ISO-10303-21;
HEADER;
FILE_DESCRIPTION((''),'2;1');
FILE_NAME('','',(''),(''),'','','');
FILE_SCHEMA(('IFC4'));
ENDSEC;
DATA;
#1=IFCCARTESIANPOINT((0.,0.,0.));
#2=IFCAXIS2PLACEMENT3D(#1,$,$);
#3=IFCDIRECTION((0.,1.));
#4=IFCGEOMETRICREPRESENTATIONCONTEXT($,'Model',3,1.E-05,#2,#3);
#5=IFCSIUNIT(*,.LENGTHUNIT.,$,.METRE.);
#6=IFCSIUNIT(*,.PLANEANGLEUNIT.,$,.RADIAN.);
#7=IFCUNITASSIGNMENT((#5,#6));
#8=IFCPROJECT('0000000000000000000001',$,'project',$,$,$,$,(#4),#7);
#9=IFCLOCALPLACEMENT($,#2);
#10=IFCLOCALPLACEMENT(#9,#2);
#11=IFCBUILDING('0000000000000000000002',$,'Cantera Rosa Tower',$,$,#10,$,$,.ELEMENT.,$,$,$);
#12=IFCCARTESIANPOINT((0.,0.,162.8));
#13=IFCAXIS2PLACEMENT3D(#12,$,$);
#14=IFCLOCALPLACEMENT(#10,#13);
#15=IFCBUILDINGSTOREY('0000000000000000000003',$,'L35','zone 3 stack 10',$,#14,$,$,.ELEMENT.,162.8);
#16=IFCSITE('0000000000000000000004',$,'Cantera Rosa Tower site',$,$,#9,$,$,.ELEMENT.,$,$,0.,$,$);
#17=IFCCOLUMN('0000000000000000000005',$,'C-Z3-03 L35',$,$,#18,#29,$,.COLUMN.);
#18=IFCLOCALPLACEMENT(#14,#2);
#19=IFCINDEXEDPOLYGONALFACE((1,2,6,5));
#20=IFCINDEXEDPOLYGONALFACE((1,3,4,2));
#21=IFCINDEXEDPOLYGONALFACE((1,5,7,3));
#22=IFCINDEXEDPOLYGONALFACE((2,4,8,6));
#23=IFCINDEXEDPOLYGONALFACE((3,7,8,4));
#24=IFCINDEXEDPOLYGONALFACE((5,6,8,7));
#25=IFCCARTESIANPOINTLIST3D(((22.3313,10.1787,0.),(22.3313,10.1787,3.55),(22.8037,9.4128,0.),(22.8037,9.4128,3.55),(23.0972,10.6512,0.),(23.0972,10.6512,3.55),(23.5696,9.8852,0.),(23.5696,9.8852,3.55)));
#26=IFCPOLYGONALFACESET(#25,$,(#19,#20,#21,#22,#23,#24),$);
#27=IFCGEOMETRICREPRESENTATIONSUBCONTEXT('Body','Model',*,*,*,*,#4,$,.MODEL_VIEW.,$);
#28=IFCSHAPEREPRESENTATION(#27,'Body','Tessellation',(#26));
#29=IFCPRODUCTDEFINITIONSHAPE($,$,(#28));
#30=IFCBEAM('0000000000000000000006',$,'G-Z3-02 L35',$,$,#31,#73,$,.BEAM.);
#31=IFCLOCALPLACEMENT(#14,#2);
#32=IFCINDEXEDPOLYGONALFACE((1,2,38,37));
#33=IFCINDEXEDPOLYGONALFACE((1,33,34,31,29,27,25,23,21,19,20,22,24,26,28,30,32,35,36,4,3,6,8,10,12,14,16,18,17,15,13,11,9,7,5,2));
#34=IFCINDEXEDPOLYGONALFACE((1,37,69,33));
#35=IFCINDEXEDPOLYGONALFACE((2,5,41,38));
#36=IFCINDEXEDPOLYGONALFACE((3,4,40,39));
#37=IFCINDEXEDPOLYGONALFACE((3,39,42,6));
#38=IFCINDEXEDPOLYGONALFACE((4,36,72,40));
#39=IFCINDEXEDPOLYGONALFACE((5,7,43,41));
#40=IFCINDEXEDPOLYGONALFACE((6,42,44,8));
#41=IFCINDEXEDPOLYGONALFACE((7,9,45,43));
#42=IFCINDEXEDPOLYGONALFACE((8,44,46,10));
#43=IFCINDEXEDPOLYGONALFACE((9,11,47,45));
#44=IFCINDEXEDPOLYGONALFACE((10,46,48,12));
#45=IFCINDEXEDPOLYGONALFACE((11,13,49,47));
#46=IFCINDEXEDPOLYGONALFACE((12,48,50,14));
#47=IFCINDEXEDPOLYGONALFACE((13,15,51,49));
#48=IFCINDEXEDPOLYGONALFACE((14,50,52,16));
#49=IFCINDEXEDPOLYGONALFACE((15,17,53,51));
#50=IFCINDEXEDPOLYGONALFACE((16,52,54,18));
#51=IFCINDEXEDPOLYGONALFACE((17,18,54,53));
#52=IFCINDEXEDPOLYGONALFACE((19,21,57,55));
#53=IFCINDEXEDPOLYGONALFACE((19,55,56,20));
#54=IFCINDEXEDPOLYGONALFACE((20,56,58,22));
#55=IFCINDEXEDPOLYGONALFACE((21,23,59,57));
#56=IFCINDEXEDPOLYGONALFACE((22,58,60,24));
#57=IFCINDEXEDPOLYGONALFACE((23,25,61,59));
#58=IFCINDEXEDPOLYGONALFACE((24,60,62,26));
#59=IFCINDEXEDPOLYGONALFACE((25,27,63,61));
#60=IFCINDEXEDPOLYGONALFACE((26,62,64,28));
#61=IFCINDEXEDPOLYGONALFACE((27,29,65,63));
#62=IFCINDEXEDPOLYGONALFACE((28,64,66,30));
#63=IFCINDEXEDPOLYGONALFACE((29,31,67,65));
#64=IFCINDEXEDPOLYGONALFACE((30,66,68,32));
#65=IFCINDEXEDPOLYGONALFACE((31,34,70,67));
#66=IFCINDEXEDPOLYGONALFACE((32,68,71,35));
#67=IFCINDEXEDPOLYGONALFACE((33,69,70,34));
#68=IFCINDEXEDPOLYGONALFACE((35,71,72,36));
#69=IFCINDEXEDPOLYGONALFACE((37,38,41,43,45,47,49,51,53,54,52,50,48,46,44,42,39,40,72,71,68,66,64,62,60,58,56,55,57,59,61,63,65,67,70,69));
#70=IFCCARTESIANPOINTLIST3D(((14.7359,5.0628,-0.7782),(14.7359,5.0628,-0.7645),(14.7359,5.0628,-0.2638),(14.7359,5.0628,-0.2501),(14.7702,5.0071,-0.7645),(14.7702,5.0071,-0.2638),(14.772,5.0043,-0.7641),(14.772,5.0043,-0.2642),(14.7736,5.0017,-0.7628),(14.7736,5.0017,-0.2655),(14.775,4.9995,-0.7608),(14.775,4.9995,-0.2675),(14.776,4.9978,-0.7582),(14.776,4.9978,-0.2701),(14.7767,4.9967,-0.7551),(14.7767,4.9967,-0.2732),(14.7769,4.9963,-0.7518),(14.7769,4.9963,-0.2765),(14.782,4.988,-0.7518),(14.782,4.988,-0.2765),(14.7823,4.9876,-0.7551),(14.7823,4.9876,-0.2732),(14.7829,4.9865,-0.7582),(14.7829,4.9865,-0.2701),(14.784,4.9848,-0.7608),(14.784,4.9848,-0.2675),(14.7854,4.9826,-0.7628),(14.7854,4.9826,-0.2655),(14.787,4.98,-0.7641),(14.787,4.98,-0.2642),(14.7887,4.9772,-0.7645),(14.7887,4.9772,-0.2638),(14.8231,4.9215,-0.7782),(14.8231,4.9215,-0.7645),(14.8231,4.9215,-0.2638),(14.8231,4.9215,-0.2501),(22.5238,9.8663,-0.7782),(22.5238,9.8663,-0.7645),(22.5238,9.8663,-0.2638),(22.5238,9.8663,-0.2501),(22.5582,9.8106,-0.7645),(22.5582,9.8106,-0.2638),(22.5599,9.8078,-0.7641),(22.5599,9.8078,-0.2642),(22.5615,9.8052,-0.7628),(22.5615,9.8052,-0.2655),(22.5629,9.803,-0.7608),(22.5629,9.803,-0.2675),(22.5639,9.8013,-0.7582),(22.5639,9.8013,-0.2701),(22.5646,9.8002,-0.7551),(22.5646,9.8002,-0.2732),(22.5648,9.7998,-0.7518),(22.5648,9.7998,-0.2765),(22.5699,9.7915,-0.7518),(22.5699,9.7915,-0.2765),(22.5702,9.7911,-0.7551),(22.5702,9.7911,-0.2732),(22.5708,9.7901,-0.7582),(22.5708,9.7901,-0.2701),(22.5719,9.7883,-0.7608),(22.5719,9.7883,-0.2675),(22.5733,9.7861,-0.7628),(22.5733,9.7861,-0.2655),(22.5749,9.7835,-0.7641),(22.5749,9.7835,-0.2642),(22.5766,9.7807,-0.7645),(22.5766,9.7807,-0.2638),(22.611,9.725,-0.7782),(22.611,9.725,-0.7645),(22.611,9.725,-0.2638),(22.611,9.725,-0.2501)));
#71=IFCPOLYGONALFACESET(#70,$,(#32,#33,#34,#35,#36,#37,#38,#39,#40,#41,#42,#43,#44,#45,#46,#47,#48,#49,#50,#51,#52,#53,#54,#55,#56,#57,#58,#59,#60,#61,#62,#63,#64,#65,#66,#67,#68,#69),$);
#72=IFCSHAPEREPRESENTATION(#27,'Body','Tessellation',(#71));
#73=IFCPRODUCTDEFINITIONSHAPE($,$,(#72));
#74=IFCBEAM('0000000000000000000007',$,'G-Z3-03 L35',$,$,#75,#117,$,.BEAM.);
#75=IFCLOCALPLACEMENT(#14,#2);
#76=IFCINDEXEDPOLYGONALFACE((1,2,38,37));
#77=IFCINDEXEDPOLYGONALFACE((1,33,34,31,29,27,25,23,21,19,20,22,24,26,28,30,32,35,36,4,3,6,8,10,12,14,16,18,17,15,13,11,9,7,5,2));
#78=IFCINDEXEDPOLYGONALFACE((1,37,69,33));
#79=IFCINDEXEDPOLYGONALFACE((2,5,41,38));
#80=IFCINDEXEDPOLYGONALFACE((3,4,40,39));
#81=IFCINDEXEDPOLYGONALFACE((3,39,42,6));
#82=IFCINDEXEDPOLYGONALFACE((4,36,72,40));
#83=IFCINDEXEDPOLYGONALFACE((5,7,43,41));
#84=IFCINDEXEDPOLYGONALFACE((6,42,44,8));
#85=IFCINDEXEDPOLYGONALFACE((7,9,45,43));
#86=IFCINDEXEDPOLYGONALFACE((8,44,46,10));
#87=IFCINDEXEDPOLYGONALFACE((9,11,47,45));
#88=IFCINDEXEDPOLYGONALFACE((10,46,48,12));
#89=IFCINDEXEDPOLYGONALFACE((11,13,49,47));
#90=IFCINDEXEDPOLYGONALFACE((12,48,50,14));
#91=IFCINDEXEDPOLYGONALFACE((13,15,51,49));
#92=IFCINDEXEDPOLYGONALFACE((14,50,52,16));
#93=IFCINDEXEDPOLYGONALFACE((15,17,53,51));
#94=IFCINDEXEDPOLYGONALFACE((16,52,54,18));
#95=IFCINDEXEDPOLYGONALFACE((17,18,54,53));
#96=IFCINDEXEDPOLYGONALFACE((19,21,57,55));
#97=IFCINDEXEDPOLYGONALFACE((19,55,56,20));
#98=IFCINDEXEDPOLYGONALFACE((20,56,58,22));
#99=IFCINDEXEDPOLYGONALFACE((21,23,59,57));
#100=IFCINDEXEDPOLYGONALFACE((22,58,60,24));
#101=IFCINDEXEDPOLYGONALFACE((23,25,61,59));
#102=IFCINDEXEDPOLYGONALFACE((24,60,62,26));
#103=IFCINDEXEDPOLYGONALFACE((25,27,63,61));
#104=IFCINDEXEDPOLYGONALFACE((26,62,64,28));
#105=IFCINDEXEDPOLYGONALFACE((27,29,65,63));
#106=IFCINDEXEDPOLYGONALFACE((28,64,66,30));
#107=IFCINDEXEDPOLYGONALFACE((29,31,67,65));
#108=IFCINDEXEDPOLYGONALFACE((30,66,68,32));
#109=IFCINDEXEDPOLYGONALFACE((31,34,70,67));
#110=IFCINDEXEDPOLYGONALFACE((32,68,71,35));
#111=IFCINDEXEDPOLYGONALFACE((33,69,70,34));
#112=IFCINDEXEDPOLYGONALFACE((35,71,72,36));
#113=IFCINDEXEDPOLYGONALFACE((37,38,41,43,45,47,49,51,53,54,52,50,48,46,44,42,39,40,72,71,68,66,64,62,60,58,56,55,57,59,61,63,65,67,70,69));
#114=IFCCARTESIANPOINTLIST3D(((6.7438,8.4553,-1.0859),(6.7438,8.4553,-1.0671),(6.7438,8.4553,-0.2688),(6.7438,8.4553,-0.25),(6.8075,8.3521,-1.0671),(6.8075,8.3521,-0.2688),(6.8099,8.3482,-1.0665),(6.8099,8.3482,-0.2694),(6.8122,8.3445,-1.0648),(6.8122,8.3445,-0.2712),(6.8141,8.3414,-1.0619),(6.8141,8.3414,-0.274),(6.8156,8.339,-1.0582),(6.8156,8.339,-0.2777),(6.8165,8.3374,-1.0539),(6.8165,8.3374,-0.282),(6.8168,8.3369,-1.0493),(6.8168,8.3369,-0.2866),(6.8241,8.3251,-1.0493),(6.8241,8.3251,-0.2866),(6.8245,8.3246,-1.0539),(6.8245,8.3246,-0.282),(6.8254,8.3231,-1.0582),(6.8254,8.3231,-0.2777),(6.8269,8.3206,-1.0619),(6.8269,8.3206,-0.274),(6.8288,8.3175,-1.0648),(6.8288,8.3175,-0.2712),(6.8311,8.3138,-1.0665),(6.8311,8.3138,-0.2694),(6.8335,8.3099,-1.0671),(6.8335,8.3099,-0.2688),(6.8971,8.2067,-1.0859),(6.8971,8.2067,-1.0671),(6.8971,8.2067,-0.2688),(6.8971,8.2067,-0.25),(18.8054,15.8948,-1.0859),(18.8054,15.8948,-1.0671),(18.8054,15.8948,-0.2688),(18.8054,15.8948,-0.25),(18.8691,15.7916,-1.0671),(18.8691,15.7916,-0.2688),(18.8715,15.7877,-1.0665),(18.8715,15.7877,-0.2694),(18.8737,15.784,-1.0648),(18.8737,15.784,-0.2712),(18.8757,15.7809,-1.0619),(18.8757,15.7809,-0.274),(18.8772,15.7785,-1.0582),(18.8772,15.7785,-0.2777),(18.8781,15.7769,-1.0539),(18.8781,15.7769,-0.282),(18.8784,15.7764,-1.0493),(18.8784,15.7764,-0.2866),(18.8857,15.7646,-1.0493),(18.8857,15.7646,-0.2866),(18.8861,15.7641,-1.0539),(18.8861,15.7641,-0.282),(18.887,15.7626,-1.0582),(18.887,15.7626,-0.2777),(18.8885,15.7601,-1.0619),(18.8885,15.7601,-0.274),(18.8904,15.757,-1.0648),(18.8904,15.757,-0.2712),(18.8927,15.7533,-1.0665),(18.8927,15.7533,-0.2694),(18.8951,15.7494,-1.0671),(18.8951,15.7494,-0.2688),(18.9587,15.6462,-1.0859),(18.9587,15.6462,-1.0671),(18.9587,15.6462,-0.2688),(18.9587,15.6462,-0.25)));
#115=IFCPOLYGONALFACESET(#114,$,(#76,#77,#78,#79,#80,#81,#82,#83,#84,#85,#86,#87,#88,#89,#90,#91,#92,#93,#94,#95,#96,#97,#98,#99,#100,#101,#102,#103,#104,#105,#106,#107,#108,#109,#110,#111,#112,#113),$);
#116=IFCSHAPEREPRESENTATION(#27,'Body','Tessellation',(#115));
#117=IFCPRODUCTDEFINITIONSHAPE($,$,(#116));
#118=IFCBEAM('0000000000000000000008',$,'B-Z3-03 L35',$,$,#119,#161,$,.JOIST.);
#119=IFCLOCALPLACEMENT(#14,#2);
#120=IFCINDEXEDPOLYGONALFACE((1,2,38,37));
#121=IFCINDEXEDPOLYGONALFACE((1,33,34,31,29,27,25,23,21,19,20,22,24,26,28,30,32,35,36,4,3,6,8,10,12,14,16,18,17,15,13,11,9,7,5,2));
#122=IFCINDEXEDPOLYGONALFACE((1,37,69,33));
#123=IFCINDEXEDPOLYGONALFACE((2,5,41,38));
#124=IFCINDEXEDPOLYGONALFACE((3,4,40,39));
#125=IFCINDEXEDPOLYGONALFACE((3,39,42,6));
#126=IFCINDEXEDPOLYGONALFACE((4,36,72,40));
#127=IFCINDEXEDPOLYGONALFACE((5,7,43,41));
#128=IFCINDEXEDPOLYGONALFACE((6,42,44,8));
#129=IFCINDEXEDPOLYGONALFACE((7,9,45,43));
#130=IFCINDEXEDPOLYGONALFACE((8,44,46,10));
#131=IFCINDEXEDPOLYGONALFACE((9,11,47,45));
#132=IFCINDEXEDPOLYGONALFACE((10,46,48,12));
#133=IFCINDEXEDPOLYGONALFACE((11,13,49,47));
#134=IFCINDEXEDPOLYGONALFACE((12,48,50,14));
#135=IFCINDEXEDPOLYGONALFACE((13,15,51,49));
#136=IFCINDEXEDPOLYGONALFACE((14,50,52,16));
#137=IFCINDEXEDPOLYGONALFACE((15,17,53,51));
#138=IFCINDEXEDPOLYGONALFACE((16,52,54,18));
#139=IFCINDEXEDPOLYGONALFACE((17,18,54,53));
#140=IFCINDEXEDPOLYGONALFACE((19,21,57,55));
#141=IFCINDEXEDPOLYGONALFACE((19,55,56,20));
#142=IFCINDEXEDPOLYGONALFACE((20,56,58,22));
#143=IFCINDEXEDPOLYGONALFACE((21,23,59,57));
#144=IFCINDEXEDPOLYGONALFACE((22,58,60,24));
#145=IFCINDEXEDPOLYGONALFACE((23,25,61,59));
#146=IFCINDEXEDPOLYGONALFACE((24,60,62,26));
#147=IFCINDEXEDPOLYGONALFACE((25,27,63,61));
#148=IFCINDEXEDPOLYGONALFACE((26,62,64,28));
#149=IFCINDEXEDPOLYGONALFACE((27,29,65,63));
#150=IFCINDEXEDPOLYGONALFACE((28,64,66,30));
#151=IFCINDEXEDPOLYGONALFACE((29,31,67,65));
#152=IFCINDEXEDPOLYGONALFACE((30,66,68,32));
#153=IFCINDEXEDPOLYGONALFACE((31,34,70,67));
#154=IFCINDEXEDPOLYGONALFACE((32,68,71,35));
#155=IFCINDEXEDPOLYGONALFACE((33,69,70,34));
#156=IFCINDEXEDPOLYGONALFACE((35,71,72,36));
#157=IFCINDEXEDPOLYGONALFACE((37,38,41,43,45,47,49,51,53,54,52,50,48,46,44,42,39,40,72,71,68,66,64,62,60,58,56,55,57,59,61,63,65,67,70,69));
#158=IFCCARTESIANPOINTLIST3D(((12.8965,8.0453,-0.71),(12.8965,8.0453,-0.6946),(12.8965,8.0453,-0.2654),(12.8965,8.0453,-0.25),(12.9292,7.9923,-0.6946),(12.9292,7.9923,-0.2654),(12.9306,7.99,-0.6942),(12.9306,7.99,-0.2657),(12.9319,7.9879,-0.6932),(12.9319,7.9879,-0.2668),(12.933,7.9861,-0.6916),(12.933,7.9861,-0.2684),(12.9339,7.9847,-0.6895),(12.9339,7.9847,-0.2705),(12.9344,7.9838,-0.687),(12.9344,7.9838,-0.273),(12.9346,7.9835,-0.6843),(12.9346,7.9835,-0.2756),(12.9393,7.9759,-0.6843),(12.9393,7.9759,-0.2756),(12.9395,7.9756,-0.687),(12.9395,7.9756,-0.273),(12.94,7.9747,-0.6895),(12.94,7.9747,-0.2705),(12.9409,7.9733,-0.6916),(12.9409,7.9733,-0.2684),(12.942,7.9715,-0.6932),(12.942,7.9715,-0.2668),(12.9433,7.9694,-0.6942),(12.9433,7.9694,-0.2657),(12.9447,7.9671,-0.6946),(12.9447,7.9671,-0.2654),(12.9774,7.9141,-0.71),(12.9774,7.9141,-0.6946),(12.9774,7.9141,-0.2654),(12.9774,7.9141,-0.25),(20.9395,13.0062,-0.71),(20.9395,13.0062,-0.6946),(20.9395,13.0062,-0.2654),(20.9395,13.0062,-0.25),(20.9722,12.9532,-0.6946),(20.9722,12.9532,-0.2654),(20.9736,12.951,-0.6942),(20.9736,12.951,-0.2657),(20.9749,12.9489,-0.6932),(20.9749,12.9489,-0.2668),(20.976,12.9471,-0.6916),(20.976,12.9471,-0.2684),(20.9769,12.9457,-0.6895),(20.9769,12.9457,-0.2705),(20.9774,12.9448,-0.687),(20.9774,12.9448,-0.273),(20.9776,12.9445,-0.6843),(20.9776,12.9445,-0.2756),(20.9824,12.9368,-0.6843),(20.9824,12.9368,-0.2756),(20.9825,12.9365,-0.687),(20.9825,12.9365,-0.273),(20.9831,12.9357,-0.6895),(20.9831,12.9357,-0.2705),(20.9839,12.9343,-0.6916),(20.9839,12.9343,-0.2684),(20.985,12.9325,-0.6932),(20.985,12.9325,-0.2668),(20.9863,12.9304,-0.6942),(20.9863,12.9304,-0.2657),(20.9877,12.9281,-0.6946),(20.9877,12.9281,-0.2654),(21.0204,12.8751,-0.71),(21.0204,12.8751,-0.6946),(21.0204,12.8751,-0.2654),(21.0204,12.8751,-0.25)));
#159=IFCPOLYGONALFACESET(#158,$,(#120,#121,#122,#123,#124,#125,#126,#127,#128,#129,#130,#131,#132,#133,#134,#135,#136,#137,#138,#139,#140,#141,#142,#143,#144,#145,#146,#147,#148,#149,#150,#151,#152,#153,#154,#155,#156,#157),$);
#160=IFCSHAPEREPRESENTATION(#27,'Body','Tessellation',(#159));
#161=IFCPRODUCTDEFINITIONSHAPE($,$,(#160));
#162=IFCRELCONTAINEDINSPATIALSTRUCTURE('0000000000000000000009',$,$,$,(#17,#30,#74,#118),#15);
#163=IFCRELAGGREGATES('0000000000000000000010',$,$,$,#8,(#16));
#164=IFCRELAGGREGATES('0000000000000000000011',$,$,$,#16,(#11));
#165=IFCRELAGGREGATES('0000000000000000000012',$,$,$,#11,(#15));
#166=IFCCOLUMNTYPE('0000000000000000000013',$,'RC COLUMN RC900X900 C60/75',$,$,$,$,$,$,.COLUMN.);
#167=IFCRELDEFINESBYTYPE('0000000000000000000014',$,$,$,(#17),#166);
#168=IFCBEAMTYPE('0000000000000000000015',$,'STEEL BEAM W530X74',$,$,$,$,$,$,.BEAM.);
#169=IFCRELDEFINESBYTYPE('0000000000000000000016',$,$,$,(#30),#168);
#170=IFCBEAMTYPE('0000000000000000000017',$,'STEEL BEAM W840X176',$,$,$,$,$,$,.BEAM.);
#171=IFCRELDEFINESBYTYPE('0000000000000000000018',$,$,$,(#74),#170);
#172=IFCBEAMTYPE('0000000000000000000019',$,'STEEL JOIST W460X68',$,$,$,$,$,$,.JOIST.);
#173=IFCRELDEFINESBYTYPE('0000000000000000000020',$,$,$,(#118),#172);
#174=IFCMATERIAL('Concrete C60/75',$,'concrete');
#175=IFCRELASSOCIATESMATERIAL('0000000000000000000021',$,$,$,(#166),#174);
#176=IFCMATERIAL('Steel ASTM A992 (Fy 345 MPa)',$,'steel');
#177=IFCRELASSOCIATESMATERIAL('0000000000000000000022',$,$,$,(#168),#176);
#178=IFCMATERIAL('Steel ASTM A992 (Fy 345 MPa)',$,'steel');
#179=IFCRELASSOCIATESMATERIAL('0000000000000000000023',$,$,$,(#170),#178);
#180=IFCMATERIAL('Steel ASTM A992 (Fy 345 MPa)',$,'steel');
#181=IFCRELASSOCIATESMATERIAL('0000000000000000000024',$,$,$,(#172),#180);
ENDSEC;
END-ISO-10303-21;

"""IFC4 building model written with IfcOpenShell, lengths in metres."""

from ifc_helpers import new_model, si_unit, direction, frame, origin, origin_2d, place, context, subcontext, project, spatial, rectangle, i_section, extrude, material, material_profile, profile_set, type_object, element, save


model = new_model("IFC4")

# Units and contexts
model_context = context("Model", 3, precision=1e-05, world=origin(), true_north=direction((0.0, 1.0)))
body_context = subcontext(model_context, "Body", "Model", "MODEL_VIEW")
ifc_project = project(units=[si_unit("LENGTHUNIT", "METRE"), si_unit("PLANEANGLEUNIT", "RADIAN")], contexts=[model_context])

# Site, building, storey
site_placement = place(None, origin())
site = spatial("IfcSite", under=ifc_project, at=site_placement, Name="Cantera Rosa Tower site", CompositionType="ELEMENT", RefElevation=0.0)
building_placement = place(site_placement, origin())
building = spatial("IfcBuilding", under=site, at=building_placement, Name="Cantera Rosa Tower", CompositionType="ELEMENT")
storey_placement = place(building_placement, frame((0.0, 0.0, 162.8)))
storey = spatial("IfcBuildingStorey", under=building, at=storey_placement, Name="L35", Description="zone 3 stack 10", CompositionType="ELEMENT", Elevation=162.8)

# Column
ifc_material_1 = material(Name="Concrete C60/75", Category="concrete")
ifc_material_profile_1 = material_profile(ifc_material_1, rectangle(XDim=0.8999, YDim=0.8999, at=origin_2d()), Name="RC COLUMN RC900X900 C60/75")
ifc_profile_set_1 = profile_set([ifc_material_profile_1], Name="Concrete C60/75")
column_type = type_object("IfcColumnType", Name="RC COLUMN RC900X900 C60/75", PredefinedType="COLUMN", material=ifc_profile_set_1)
column_placement = place(storey_placement, frame((22.9504, 10.032, 0.0), z_axis=(0.0, 0.0, 1.0), x_axis=(0.851117, 0.524977, 0.0)))
element("IfcColumn", 1, at=column_placement, inside=storey, type_object=column_type, Name="C-Z3-03 L35", PredefinedType="COLUMN", context=body_context, shape_type="SweptSolid", body=[
    extrude(rectangle(XDim=0.8999, YDim=0.8999, at=origin_2d()), origin(), (0.0, 0.0, 1.0), 3.55),
])

# Beams
ifc_material_2 = material(Name="Steel ASTM A992 (Fy 345 MPa)", Category="steel")
ifc_material_profile_2 = material_profile(ifc_material_2, i_section(OverallWidth=0.166, OverallDepth=0.5281, WebThickness=0.0098, FlangeThickness=0.0137, FilletRadius=0.0127, at=origin_2d()), Name="W530X74")
ifc_profile_set_2 = profile_set([ifc_material_profile_2], Name="Steel ASTM A992 (Fy 345 MPa)")
beam_type_1 = type_object("IfcBeamType", Name="STEEL BEAM W530X74", PredefinedType="BEAM", material=ifc_profile_set_2)
beam_1_placement = place(storey_placement, frame((22.5674, 9.7957, -0.5142), z_axis=(-0.851124, -0.524965, 0.0), x_axis=(0.524965, -0.851124, 0.0)))
element("IfcBeam", 2, at=beam_1_placement, inside=storey, type_object=beam_type_1, Name="G-Z3-02 L35", PredefinedType="BEAM", context=body_context, shape_type="SweptSolid", body=[
    extrude(i_section(OverallWidth=0.166, OverallDepth=0.5281, WebThickness=0.0098, FlangeThickness=0.0137, FilletRadius=0.0127, at=origin_2d()), origin(), (0.0, 0.0, 1.0), 9.1501),
])
ifc_material_3 = material(Name="Steel ASTM A992 (Fy 345 MPa)", Category="steel")
ifc_material_profile_3 = material_profile(ifc_material_3, i_section(OverallWidth=0.292, OverallDepth=0.8359, WebThickness=0.0139, FlangeThickness=0.0188, FilletRadius=0.0178, at=origin_2d()), Name="W840X176")
ifc_profile_set_3 = profile_set([ifc_material_profile_3], Name="Steel ASTM A992 (Fy 345 MPa)")
beam_type_2 = type_object("IfcBeamType", Name="STEEL BEAM W840X176", PredefinedType="BEAM", material=ifc_profile_set_3)
beam_2_placement = place(storey_placement, frame((18.8821, 15.7705, -0.668), z_axis=(-0.851123, -0.524966, 0.0), x_axis=(0.524966, -0.851123, 0.0)))
element("IfcBeam", 3, at=beam_2_placement, inside=storey, type_object=beam_type_2, Name="G-Z3-03 L35", PredefinedType="BEAM", context=body_context, shape_type="SweptSolid", body=[
    extrude(i_section(OverallWidth=0.292, OverallDepth=0.8359, WebThickness=0.0139, FlangeThickness=0.0188, FilletRadius=0.0178, at=origin_2d()), origin(), (0.0, 0.0, 1.0), 14.1714),
])
ifc_material_4 = material(Name="Steel ASTM A992 (Fy 345 MPa)", Category="steel")
ifc_material_profile_4 = material_profile(ifc_material_4, i_section(OverallWidth=0.1541, OverallDepth=0.46, WebThickness=0.009, FlangeThickness=0.0154, FilletRadius=0.0103, at=origin_2d()), Name="W460X68")
ifc_profile_set_4 = profile_set([ifc_material_profile_4], Name="Steel ASTM A992 (Fy 345 MPa)")
beam_type_3 = type_object("IfcBeamType", Name="STEEL JOIST W460X68", PredefinedType="JOIST", material=ifc_profile_set_4)
beam_3_placement = place(storey_placement, frame((20.98, 12.9407, -0.48), z_axis=(-0.851119, -0.524974, 0.0), x_axis=(0.524974, -0.851119, 0.0)))
element("IfcBeam", 4, at=beam_3_placement, inside=storey, type_object=beam_type_3, Name="B-Z3-03 L35", PredefinedType="JOIST", context=body_context, shape_type="SweptSolid", body=[
    extrude(i_section(OverallWidth=0.1541, OverallDepth=0.46, WebThickness=0.009, FlangeThickness=0.0154, FilletRadius=0.0103, at=origin_2d()), origin(), (0.0, 0.0, 1.0), 9.45),
])

save(model, "model.ifc")
